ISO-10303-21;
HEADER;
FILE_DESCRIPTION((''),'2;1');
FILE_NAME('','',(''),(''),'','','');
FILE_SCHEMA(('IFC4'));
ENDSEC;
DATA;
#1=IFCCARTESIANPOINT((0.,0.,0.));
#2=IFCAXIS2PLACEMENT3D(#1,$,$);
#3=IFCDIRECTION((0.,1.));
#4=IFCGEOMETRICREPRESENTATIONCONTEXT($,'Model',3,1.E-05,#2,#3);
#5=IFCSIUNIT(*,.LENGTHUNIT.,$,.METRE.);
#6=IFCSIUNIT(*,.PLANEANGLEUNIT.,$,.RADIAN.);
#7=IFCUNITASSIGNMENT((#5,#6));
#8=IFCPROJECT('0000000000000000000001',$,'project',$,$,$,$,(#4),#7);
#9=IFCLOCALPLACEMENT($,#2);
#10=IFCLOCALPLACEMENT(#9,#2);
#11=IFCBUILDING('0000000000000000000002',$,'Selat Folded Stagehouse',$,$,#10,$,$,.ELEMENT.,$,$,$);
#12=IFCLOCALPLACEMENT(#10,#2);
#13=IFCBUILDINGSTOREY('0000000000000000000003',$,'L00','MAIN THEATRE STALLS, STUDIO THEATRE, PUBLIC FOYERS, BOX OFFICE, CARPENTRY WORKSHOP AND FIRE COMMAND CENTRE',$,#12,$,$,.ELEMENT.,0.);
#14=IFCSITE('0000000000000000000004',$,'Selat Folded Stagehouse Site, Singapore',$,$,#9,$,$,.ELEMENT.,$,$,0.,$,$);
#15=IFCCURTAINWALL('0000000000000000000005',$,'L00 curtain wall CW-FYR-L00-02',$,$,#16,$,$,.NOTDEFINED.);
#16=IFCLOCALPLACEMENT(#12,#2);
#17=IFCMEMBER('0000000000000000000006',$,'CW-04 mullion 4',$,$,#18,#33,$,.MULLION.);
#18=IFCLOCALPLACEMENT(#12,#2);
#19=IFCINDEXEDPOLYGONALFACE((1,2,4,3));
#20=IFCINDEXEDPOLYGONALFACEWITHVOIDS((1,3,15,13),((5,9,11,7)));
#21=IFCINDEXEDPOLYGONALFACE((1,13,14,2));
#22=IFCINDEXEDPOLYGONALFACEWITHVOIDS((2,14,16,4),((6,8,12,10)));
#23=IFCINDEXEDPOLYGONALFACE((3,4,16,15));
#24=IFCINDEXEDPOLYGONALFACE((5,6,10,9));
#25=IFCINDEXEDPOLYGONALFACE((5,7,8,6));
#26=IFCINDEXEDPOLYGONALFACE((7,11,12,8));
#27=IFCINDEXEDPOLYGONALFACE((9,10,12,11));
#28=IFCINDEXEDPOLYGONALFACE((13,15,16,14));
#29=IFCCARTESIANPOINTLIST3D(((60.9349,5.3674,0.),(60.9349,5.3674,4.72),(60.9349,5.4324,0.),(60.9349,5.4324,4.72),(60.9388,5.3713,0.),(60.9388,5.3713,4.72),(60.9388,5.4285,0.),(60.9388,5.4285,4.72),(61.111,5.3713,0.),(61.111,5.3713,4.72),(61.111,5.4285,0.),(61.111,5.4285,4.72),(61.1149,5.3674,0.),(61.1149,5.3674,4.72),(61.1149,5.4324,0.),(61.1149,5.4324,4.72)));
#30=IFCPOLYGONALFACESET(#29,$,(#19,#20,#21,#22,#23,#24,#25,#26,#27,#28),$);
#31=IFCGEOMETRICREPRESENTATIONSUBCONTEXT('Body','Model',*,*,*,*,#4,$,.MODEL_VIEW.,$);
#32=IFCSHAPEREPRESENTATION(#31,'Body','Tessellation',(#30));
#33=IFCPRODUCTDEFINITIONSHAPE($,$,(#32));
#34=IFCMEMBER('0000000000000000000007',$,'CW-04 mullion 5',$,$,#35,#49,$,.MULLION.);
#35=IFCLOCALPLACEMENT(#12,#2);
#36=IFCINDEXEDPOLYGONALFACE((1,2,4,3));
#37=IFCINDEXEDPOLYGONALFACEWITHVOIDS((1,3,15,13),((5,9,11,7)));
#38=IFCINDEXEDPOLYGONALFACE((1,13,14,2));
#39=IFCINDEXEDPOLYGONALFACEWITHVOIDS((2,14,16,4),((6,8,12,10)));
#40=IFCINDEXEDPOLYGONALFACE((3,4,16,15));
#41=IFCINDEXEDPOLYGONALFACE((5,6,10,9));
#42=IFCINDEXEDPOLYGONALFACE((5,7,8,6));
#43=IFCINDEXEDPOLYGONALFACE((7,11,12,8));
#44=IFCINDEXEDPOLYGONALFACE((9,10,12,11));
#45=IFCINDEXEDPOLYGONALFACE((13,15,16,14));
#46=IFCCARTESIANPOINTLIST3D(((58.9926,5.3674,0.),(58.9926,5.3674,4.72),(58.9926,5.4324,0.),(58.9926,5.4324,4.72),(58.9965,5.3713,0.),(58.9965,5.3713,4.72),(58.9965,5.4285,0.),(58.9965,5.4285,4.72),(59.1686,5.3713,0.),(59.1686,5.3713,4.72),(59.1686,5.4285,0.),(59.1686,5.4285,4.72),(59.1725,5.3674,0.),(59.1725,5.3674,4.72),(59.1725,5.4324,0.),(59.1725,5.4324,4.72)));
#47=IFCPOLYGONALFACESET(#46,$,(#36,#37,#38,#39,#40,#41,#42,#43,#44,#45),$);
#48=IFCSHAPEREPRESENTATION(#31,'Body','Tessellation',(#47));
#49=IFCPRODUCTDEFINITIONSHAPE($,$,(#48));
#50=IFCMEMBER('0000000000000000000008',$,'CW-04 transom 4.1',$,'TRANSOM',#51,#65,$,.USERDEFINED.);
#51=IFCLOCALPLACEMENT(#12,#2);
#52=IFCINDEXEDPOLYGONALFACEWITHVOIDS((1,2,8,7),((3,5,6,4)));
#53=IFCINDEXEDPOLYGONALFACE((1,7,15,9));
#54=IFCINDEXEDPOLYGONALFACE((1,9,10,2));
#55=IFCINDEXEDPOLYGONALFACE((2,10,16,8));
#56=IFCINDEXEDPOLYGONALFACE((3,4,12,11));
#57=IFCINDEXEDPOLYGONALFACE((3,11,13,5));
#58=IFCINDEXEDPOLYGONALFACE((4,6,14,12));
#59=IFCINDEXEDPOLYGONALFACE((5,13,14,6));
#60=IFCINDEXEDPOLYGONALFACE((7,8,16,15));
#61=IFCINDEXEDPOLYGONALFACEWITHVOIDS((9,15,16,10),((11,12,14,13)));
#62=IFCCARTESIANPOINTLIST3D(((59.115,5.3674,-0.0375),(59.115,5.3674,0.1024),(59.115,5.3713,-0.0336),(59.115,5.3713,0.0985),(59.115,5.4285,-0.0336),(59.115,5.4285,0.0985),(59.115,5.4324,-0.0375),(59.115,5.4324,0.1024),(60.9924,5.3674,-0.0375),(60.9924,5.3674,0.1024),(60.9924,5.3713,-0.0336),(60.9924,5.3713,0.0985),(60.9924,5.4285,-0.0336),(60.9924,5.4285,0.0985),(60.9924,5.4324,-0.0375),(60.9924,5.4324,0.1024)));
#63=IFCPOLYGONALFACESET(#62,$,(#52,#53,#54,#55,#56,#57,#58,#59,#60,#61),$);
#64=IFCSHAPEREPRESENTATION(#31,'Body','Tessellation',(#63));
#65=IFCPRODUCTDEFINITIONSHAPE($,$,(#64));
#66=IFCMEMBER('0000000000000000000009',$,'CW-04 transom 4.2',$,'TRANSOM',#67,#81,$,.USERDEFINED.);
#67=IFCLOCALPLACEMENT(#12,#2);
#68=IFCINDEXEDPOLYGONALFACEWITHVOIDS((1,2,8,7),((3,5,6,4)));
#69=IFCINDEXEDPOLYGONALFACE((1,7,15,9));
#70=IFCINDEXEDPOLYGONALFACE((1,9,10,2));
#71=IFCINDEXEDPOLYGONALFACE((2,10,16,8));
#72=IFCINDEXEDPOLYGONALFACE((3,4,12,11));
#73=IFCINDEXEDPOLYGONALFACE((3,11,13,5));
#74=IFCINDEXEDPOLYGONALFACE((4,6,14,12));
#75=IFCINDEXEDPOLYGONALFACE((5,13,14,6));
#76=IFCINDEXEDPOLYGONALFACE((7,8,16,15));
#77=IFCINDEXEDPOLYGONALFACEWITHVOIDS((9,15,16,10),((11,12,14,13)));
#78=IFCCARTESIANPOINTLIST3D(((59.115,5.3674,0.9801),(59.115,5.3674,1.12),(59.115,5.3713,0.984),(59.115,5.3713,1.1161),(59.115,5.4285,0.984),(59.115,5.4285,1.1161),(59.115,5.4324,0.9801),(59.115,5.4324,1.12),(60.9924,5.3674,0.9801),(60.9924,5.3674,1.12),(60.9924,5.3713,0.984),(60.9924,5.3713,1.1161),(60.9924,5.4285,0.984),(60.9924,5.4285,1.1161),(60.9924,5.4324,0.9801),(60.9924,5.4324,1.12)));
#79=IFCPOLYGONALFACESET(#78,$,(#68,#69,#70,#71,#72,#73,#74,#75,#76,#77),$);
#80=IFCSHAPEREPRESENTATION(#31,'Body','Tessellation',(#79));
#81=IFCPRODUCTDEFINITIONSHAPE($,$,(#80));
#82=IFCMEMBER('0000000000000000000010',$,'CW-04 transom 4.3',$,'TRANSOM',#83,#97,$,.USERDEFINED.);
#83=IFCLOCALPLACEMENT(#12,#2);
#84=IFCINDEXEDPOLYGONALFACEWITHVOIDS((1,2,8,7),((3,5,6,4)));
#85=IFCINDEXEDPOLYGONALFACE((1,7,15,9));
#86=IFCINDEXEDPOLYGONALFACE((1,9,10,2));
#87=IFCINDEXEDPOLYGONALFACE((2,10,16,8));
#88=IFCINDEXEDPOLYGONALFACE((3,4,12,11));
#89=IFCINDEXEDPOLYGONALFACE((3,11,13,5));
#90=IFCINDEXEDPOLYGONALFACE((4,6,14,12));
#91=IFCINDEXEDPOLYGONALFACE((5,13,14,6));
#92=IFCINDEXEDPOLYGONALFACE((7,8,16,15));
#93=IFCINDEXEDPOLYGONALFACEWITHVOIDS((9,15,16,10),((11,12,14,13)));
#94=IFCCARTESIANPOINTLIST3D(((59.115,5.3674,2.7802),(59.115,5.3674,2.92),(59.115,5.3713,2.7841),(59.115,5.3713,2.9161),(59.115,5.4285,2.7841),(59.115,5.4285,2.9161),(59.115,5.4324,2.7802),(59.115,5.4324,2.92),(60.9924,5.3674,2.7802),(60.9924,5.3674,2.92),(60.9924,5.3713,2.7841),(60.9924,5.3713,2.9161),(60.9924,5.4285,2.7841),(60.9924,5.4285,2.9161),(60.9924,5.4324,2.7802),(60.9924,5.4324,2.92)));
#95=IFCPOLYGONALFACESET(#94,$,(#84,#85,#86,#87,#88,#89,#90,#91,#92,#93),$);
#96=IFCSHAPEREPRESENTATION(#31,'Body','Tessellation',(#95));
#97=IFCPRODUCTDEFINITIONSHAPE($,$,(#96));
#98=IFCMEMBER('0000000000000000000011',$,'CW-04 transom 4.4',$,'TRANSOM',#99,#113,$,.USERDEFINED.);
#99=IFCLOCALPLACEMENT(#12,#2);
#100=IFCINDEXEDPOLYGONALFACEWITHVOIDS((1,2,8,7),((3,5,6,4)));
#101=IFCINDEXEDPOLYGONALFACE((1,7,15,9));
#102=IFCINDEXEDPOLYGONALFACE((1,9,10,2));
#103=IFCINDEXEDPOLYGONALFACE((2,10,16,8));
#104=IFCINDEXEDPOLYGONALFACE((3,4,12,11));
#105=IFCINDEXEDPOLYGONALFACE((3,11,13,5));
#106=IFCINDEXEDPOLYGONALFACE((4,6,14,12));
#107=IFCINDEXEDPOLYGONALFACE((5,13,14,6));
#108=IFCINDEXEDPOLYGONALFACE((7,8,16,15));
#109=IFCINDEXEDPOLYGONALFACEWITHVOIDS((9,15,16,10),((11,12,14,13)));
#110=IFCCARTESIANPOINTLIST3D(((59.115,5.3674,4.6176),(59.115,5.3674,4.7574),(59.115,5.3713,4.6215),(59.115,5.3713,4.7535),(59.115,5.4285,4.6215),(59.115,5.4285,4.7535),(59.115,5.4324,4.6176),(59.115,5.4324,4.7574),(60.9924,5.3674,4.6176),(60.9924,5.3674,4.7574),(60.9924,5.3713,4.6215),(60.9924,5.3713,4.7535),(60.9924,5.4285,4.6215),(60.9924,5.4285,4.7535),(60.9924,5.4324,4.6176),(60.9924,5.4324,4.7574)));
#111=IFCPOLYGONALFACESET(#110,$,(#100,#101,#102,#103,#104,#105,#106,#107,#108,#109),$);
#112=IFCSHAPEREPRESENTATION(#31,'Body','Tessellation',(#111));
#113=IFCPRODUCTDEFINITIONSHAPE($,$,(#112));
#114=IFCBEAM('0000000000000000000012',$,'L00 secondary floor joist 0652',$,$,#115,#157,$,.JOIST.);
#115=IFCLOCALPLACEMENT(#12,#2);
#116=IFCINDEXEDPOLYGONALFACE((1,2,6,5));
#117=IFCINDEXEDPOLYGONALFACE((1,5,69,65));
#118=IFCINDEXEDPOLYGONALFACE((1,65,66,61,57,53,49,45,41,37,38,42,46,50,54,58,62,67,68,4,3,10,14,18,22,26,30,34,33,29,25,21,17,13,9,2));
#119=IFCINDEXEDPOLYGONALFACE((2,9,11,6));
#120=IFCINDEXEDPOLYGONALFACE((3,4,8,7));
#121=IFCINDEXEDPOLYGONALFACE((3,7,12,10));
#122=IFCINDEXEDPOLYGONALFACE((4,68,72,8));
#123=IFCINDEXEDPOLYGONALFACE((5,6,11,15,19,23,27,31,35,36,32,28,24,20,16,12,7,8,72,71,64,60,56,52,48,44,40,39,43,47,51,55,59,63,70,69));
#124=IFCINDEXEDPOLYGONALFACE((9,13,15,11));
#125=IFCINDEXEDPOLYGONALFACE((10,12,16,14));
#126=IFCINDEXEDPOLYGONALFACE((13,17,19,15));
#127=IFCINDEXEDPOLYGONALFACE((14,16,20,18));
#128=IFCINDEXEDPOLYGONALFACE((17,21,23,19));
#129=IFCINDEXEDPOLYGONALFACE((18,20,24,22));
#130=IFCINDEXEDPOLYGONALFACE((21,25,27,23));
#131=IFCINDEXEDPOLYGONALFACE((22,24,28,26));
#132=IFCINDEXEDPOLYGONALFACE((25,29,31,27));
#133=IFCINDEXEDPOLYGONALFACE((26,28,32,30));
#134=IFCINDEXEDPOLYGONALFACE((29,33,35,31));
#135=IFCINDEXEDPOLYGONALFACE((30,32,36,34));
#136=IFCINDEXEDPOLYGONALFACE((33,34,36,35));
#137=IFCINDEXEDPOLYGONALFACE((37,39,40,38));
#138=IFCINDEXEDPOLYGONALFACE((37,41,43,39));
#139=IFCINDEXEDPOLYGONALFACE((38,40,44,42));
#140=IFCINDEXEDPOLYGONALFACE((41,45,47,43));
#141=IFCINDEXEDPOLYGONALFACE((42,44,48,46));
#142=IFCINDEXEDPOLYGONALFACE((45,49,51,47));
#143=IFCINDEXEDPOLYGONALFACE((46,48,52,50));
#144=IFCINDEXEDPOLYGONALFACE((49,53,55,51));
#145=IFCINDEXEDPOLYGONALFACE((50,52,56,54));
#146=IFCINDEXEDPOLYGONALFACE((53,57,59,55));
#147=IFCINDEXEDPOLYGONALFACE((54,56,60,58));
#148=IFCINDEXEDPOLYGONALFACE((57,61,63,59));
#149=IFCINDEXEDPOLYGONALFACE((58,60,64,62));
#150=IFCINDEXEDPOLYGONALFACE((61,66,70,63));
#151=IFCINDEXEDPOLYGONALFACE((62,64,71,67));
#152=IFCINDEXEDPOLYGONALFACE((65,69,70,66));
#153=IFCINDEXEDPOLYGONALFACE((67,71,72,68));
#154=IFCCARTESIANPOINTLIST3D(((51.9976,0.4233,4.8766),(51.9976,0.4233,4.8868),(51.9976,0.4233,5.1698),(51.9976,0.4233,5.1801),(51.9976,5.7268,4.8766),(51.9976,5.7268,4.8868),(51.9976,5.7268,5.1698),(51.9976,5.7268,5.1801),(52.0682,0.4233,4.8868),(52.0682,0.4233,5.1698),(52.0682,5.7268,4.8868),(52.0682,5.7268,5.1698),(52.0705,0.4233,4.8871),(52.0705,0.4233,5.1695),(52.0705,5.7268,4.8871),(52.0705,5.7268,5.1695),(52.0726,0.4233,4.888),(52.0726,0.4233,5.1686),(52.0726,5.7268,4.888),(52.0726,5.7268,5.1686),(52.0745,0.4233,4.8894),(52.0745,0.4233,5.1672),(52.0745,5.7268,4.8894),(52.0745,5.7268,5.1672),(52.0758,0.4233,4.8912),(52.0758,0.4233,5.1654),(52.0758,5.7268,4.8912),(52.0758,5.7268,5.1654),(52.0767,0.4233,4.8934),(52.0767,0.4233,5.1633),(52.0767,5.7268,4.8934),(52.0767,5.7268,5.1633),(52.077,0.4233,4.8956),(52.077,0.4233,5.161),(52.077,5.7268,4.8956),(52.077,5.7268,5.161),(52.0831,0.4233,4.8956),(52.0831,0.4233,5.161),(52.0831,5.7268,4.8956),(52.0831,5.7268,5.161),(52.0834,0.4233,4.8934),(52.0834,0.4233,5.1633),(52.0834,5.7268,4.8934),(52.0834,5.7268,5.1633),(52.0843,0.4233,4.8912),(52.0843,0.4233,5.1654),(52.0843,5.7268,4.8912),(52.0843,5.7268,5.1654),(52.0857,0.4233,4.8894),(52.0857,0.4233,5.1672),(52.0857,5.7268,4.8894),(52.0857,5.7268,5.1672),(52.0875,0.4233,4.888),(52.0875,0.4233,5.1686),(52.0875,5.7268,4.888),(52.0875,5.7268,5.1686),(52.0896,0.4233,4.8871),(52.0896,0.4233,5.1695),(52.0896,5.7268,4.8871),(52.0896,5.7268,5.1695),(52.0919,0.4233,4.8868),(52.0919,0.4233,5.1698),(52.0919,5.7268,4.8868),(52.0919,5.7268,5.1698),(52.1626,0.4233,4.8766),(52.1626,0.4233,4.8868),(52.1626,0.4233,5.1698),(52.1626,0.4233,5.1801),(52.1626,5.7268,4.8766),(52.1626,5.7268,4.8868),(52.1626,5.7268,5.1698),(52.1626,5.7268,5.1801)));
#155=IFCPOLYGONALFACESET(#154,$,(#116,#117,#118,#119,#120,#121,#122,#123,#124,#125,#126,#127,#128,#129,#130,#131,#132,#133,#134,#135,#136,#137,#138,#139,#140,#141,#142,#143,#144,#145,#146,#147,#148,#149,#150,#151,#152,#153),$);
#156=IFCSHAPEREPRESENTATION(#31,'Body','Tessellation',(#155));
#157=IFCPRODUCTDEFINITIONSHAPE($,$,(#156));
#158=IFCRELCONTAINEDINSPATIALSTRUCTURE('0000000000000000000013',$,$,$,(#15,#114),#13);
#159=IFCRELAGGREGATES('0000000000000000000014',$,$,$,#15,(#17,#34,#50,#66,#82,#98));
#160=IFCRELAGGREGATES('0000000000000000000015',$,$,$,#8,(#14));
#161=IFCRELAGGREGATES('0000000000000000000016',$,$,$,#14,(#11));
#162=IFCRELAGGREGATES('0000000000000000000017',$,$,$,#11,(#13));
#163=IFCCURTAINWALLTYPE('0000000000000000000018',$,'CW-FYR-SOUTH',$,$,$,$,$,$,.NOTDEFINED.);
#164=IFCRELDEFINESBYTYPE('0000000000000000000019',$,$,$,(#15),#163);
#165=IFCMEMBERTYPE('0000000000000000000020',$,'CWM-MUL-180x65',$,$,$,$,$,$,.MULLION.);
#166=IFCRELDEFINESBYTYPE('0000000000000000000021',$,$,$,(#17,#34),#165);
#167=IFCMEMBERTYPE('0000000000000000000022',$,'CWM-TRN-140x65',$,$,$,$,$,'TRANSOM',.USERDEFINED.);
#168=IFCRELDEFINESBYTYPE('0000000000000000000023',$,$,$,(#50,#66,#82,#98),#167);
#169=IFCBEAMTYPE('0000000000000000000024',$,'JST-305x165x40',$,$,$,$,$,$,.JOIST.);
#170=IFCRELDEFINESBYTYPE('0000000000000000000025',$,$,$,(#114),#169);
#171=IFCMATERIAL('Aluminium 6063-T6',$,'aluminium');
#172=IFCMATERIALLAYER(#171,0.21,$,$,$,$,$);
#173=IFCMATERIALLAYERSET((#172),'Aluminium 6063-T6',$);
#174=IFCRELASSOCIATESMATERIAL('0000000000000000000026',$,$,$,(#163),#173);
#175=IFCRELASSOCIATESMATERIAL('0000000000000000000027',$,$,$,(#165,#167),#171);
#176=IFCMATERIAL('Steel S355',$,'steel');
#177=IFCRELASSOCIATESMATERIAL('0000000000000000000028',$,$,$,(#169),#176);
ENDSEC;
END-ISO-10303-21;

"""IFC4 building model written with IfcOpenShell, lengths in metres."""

from ifc_helpers import new_model, si_unit, direction, frame, origin, origin_2d, place, context, subcontext, project, spatial, hollow_rectangle, i_section, extrude, material, layer, layer_set, material_profile, profile_set, type_object, element, aggregate, save


model = new_model("IFC4")

# Units and contexts
model_context = context("Model", 3, precision=1e-05, world=origin(), true_north=direction((0.0, 1.0)))
body_context = subcontext(model_context, "Body", "Model", "MODEL_VIEW")
ifc_project = project(units=[si_unit("LENGTHUNIT", "METRE"), si_unit("PLANEANGLEUNIT", "RADIAN")], contexts=[model_context])

# Site, building, storey
site_placement = place(None, origin())
site = spatial("IfcSite", under=ifc_project, at=site_placement, Name="Selat Folded Stagehouse Site, Singapore", CompositionType="ELEMENT", RefElevation=0.0)
building_placement = place(site_placement, origin())
building = spatial("IfcBuilding", under=site, at=building_placement, Name="Selat Folded Stagehouse", CompositionType="ELEMENT")
storey_placement = place(building_placement, origin())
storey = spatial("IfcBuildingStorey", under=building, at=storey_placement, Name="L00", Description="MAIN THEATRE STALLS, STUDIO THEATRE, PUBLIC FOYERS, BOX OFFICE, CARPENTRY WORKSHOP AND FIRE COMMAND CENTRE", CompositionType="ELEMENT", Elevation=0.0)

# Shared definitions
ifc_material_1 = material(Name="Steel S355", Category="steel")

# Curtain wall, members
ifc_material_2 = material(Name="Aluminium 6063-T6", Category="aluminium")
ifc_layer_1 = layer(ifc_material_2, 0.21)
ifc_layer_set_1 = layer_set([ifc_layer_1], Name="Aluminium 6063-T6")
curtain_wall_type = type_object("IfcCurtainWallType", Name="CW-FYR-SOUTH", PredefinedType="NOTDEFINED", material=ifc_layer_set_1)
curtain_wall_placement = place(storey_placement, origin())
curtain_wall = element("IfcCurtainWall", 1, at=curtain_wall_placement, inside=storey, type_object=curtain_wall_type, Name="L00 curtain wall CW-FYR-L00-02", PredefinedType="NOTDEFINED")
ifc_material_profile_1 = material_profile(ifc_material_2, hollow_rectangle(XDim=0.0649, YDim=0.1799, WallThickness=0.0039, at=origin_2d()), Name="ALU 180x65x4.0")
ifc_profile_set_1 = profile_set([ifc_material_profile_1], Name="Aluminium 6063-T6")
member_type_1 = type_object("IfcMemberType", Name="CWM-MUL-180x65", PredefinedType="MULLION", material=ifc_profile_set_1)
member_1_placement = place(storey_placement, frame((61.0249, 5.3999, 0.0), z_axis=(0.0, 0.0, 1.0), x_axis=(0.0, -1.0, 0.0)))
member_1 = element("IfcMember", 2, at=member_1_placement, type_object=member_type_1, Name="CW-04 mullion 4", PredefinedType="MULLION", context=body_context, shape_type="SweptSolid", body=[
    extrude(hollow_rectangle(XDim=0.0649, YDim=0.1799, WallThickness=0.0039, at=origin_2d()), origin(), (0.0, 0.0, 1.0), 4.72),
])
member_2_placement = place(storey_placement, frame((59.0825, 5.3999, 0.0), z_axis=(0.0, 0.0, 1.0), x_axis=(0.0, -1.0, 0.0)))
member_2 = element("IfcMember", 3, at=member_2_placement, type_object=member_type_1, Name="CW-04 mullion 5", PredefinedType="MULLION", context=body_context, shape_type="SweptSolid", body=[
    extrude(hollow_rectangle(XDim=0.0649, YDim=0.1799, WallThickness=0.0039, at=origin_2d()), origin(), (0.0, 0.0, 1.0), 4.72),
])
ifc_material_profile_2 = material_profile(ifc_material_2, hollow_rectangle(XDim=0.0649, YDim=0.1399, WallThickness=0.0039, at=origin_2d()), Name="ALU 140x65x4.0")
ifc_profile_set_2 = profile_set([ifc_material_profile_2], Name="Aluminium 6063-T6")
member_type_2 = type_object("IfcMemberType", Name="CWM-TRN-140x65", ElementType="TRANSOM", PredefinedType="USERDEFINED", material=ifc_profile_set_2)
member_3_placement = place(storey_placement, frame((60.9924, 5.3999, 0.0325), z_axis=(-1.0, 0.0, 0.0), x_axis=(0.0, -1.0, 0.0)))
member_3 = element("IfcMember", 4, at=member_3_placement, type_object=member_type_2, Name="CW-04 transom 4.1", ObjectType="TRANSOM", PredefinedType="USERDEFINED", context=body_context, shape_type="SweptSolid", body=[
    extrude(hollow_rectangle(XDim=0.0649, YDim=0.1399, WallThickness=0.0039, at=origin_2d()), origin(), (0.0, 0.0, 1.0), 1.8774),
])
member_4_placement = place(storey_placement, frame((60.9924, 5.3999, 1.05), z_axis=(-1.0, 0.0, 0.0), x_axis=(0.0, -1.0, 0.0)))
member_4 = element("IfcMember", 5, at=member_4_placement, type_object=member_type_2, Name="CW-04 transom 4.2", ObjectType="TRANSOM", PredefinedType="USERDEFINED", context=body_context, shape_type="SweptSolid", body=[
    extrude(hollow_rectangle(XDim=0.0649, YDim=0.1399, WallThickness=0.0039, at=origin_2d()), origin(), (0.0, 0.0, 1.0), 1.8774),
])
member_5_placement = place(storey_placement, frame((60.9924, 5.3999, 2.8501), z_axis=(-1.0, 0.0, 0.0), x_axis=(0.0, -1.0, 0.0)))
member_5 = element("IfcMember", 6, at=member_5_placement, type_object=member_type_2, Name="CW-04 transom 4.3", ObjectType="TRANSOM", PredefinedType="USERDEFINED", context=body_context, shape_type="SweptSolid", body=[
    extrude(hollow_rectangle(XDim=0.0649, YDim=0.1399, WallThickness=0.0039, at=origin_2d()), origin(), (0.0, 0.0, 1.0), 1.8774),
])
member_6_placement = place(storey_placement, frame((60.9924, 5.3999, 4.6875), z_axis=(-1.0, 0.0, 0.0), x_axis=(0.0, -1.0, 0.0)))
member_6 = element("IfcMember", 7, at=member_6_placement, type_object=member_type_2, Name="CW-04 transom 4.4", ObjectType="TRANSOM", PredefinedType="USERDEFINED", context=body_context, shape_type="SweptSolid", body=[
    extrude(hollow_rectangle(XDim=0.0649, YDim=0.1399, WallThickness=0.0039, at=origin_2d()), origin(), (0.0, 0.0, 1.0), 1.8774),
])

# Beam
ifc_material_profile_3 = material_profile(ifc_material_1, i_section(OverallWidth=0.165, OverallDepth=0.3035, WebThickness=0.0061, FlangeThickness=0.0103, FilletRadius=0.0088, at=origin_2d()), Name="UKB 305x165x40")
ifc_profile_set_3 = profile_set([ifc_material_profile_3], Name="Steel S355")
beam_type_1 = type_object("IfcBeamType", Name="JST-305x165x40", PredefinedType="JOIST", material=ifc_profile_set_3)
for number, where, z_axis, x_axis, name in (
    (8, (52.0801, 0.4233, 5.0283), (0.0, 1.0, 0.0), (-1.0, 0.0, 0.0), "L00 secondary floor joist 0652"),
):
    element("IfcBeam", number, at=place(storey_placement, frame(where, z_axis=z_axis, x_axis=x_axis)), inside=storey, type_object=beam_type_1, Name=name, PredefinedType="JOIST", context=body_context, shape_type="SweptSolid", body=[
        extrude(i_section(OverallWidth=0.165, OverallDepth=0.3035, WebThickness=0.0061, FlangeThickness=0.0103, FilletRadius=0.0088, at=origin_2d()), origin(), (0.0, 0.0, 1.0), 5.3035),
    ])

aggregate(curtain_wall, [member_1, member_2, member_3, member_4, member_5, member_6])

save(model, "model.ifc")
